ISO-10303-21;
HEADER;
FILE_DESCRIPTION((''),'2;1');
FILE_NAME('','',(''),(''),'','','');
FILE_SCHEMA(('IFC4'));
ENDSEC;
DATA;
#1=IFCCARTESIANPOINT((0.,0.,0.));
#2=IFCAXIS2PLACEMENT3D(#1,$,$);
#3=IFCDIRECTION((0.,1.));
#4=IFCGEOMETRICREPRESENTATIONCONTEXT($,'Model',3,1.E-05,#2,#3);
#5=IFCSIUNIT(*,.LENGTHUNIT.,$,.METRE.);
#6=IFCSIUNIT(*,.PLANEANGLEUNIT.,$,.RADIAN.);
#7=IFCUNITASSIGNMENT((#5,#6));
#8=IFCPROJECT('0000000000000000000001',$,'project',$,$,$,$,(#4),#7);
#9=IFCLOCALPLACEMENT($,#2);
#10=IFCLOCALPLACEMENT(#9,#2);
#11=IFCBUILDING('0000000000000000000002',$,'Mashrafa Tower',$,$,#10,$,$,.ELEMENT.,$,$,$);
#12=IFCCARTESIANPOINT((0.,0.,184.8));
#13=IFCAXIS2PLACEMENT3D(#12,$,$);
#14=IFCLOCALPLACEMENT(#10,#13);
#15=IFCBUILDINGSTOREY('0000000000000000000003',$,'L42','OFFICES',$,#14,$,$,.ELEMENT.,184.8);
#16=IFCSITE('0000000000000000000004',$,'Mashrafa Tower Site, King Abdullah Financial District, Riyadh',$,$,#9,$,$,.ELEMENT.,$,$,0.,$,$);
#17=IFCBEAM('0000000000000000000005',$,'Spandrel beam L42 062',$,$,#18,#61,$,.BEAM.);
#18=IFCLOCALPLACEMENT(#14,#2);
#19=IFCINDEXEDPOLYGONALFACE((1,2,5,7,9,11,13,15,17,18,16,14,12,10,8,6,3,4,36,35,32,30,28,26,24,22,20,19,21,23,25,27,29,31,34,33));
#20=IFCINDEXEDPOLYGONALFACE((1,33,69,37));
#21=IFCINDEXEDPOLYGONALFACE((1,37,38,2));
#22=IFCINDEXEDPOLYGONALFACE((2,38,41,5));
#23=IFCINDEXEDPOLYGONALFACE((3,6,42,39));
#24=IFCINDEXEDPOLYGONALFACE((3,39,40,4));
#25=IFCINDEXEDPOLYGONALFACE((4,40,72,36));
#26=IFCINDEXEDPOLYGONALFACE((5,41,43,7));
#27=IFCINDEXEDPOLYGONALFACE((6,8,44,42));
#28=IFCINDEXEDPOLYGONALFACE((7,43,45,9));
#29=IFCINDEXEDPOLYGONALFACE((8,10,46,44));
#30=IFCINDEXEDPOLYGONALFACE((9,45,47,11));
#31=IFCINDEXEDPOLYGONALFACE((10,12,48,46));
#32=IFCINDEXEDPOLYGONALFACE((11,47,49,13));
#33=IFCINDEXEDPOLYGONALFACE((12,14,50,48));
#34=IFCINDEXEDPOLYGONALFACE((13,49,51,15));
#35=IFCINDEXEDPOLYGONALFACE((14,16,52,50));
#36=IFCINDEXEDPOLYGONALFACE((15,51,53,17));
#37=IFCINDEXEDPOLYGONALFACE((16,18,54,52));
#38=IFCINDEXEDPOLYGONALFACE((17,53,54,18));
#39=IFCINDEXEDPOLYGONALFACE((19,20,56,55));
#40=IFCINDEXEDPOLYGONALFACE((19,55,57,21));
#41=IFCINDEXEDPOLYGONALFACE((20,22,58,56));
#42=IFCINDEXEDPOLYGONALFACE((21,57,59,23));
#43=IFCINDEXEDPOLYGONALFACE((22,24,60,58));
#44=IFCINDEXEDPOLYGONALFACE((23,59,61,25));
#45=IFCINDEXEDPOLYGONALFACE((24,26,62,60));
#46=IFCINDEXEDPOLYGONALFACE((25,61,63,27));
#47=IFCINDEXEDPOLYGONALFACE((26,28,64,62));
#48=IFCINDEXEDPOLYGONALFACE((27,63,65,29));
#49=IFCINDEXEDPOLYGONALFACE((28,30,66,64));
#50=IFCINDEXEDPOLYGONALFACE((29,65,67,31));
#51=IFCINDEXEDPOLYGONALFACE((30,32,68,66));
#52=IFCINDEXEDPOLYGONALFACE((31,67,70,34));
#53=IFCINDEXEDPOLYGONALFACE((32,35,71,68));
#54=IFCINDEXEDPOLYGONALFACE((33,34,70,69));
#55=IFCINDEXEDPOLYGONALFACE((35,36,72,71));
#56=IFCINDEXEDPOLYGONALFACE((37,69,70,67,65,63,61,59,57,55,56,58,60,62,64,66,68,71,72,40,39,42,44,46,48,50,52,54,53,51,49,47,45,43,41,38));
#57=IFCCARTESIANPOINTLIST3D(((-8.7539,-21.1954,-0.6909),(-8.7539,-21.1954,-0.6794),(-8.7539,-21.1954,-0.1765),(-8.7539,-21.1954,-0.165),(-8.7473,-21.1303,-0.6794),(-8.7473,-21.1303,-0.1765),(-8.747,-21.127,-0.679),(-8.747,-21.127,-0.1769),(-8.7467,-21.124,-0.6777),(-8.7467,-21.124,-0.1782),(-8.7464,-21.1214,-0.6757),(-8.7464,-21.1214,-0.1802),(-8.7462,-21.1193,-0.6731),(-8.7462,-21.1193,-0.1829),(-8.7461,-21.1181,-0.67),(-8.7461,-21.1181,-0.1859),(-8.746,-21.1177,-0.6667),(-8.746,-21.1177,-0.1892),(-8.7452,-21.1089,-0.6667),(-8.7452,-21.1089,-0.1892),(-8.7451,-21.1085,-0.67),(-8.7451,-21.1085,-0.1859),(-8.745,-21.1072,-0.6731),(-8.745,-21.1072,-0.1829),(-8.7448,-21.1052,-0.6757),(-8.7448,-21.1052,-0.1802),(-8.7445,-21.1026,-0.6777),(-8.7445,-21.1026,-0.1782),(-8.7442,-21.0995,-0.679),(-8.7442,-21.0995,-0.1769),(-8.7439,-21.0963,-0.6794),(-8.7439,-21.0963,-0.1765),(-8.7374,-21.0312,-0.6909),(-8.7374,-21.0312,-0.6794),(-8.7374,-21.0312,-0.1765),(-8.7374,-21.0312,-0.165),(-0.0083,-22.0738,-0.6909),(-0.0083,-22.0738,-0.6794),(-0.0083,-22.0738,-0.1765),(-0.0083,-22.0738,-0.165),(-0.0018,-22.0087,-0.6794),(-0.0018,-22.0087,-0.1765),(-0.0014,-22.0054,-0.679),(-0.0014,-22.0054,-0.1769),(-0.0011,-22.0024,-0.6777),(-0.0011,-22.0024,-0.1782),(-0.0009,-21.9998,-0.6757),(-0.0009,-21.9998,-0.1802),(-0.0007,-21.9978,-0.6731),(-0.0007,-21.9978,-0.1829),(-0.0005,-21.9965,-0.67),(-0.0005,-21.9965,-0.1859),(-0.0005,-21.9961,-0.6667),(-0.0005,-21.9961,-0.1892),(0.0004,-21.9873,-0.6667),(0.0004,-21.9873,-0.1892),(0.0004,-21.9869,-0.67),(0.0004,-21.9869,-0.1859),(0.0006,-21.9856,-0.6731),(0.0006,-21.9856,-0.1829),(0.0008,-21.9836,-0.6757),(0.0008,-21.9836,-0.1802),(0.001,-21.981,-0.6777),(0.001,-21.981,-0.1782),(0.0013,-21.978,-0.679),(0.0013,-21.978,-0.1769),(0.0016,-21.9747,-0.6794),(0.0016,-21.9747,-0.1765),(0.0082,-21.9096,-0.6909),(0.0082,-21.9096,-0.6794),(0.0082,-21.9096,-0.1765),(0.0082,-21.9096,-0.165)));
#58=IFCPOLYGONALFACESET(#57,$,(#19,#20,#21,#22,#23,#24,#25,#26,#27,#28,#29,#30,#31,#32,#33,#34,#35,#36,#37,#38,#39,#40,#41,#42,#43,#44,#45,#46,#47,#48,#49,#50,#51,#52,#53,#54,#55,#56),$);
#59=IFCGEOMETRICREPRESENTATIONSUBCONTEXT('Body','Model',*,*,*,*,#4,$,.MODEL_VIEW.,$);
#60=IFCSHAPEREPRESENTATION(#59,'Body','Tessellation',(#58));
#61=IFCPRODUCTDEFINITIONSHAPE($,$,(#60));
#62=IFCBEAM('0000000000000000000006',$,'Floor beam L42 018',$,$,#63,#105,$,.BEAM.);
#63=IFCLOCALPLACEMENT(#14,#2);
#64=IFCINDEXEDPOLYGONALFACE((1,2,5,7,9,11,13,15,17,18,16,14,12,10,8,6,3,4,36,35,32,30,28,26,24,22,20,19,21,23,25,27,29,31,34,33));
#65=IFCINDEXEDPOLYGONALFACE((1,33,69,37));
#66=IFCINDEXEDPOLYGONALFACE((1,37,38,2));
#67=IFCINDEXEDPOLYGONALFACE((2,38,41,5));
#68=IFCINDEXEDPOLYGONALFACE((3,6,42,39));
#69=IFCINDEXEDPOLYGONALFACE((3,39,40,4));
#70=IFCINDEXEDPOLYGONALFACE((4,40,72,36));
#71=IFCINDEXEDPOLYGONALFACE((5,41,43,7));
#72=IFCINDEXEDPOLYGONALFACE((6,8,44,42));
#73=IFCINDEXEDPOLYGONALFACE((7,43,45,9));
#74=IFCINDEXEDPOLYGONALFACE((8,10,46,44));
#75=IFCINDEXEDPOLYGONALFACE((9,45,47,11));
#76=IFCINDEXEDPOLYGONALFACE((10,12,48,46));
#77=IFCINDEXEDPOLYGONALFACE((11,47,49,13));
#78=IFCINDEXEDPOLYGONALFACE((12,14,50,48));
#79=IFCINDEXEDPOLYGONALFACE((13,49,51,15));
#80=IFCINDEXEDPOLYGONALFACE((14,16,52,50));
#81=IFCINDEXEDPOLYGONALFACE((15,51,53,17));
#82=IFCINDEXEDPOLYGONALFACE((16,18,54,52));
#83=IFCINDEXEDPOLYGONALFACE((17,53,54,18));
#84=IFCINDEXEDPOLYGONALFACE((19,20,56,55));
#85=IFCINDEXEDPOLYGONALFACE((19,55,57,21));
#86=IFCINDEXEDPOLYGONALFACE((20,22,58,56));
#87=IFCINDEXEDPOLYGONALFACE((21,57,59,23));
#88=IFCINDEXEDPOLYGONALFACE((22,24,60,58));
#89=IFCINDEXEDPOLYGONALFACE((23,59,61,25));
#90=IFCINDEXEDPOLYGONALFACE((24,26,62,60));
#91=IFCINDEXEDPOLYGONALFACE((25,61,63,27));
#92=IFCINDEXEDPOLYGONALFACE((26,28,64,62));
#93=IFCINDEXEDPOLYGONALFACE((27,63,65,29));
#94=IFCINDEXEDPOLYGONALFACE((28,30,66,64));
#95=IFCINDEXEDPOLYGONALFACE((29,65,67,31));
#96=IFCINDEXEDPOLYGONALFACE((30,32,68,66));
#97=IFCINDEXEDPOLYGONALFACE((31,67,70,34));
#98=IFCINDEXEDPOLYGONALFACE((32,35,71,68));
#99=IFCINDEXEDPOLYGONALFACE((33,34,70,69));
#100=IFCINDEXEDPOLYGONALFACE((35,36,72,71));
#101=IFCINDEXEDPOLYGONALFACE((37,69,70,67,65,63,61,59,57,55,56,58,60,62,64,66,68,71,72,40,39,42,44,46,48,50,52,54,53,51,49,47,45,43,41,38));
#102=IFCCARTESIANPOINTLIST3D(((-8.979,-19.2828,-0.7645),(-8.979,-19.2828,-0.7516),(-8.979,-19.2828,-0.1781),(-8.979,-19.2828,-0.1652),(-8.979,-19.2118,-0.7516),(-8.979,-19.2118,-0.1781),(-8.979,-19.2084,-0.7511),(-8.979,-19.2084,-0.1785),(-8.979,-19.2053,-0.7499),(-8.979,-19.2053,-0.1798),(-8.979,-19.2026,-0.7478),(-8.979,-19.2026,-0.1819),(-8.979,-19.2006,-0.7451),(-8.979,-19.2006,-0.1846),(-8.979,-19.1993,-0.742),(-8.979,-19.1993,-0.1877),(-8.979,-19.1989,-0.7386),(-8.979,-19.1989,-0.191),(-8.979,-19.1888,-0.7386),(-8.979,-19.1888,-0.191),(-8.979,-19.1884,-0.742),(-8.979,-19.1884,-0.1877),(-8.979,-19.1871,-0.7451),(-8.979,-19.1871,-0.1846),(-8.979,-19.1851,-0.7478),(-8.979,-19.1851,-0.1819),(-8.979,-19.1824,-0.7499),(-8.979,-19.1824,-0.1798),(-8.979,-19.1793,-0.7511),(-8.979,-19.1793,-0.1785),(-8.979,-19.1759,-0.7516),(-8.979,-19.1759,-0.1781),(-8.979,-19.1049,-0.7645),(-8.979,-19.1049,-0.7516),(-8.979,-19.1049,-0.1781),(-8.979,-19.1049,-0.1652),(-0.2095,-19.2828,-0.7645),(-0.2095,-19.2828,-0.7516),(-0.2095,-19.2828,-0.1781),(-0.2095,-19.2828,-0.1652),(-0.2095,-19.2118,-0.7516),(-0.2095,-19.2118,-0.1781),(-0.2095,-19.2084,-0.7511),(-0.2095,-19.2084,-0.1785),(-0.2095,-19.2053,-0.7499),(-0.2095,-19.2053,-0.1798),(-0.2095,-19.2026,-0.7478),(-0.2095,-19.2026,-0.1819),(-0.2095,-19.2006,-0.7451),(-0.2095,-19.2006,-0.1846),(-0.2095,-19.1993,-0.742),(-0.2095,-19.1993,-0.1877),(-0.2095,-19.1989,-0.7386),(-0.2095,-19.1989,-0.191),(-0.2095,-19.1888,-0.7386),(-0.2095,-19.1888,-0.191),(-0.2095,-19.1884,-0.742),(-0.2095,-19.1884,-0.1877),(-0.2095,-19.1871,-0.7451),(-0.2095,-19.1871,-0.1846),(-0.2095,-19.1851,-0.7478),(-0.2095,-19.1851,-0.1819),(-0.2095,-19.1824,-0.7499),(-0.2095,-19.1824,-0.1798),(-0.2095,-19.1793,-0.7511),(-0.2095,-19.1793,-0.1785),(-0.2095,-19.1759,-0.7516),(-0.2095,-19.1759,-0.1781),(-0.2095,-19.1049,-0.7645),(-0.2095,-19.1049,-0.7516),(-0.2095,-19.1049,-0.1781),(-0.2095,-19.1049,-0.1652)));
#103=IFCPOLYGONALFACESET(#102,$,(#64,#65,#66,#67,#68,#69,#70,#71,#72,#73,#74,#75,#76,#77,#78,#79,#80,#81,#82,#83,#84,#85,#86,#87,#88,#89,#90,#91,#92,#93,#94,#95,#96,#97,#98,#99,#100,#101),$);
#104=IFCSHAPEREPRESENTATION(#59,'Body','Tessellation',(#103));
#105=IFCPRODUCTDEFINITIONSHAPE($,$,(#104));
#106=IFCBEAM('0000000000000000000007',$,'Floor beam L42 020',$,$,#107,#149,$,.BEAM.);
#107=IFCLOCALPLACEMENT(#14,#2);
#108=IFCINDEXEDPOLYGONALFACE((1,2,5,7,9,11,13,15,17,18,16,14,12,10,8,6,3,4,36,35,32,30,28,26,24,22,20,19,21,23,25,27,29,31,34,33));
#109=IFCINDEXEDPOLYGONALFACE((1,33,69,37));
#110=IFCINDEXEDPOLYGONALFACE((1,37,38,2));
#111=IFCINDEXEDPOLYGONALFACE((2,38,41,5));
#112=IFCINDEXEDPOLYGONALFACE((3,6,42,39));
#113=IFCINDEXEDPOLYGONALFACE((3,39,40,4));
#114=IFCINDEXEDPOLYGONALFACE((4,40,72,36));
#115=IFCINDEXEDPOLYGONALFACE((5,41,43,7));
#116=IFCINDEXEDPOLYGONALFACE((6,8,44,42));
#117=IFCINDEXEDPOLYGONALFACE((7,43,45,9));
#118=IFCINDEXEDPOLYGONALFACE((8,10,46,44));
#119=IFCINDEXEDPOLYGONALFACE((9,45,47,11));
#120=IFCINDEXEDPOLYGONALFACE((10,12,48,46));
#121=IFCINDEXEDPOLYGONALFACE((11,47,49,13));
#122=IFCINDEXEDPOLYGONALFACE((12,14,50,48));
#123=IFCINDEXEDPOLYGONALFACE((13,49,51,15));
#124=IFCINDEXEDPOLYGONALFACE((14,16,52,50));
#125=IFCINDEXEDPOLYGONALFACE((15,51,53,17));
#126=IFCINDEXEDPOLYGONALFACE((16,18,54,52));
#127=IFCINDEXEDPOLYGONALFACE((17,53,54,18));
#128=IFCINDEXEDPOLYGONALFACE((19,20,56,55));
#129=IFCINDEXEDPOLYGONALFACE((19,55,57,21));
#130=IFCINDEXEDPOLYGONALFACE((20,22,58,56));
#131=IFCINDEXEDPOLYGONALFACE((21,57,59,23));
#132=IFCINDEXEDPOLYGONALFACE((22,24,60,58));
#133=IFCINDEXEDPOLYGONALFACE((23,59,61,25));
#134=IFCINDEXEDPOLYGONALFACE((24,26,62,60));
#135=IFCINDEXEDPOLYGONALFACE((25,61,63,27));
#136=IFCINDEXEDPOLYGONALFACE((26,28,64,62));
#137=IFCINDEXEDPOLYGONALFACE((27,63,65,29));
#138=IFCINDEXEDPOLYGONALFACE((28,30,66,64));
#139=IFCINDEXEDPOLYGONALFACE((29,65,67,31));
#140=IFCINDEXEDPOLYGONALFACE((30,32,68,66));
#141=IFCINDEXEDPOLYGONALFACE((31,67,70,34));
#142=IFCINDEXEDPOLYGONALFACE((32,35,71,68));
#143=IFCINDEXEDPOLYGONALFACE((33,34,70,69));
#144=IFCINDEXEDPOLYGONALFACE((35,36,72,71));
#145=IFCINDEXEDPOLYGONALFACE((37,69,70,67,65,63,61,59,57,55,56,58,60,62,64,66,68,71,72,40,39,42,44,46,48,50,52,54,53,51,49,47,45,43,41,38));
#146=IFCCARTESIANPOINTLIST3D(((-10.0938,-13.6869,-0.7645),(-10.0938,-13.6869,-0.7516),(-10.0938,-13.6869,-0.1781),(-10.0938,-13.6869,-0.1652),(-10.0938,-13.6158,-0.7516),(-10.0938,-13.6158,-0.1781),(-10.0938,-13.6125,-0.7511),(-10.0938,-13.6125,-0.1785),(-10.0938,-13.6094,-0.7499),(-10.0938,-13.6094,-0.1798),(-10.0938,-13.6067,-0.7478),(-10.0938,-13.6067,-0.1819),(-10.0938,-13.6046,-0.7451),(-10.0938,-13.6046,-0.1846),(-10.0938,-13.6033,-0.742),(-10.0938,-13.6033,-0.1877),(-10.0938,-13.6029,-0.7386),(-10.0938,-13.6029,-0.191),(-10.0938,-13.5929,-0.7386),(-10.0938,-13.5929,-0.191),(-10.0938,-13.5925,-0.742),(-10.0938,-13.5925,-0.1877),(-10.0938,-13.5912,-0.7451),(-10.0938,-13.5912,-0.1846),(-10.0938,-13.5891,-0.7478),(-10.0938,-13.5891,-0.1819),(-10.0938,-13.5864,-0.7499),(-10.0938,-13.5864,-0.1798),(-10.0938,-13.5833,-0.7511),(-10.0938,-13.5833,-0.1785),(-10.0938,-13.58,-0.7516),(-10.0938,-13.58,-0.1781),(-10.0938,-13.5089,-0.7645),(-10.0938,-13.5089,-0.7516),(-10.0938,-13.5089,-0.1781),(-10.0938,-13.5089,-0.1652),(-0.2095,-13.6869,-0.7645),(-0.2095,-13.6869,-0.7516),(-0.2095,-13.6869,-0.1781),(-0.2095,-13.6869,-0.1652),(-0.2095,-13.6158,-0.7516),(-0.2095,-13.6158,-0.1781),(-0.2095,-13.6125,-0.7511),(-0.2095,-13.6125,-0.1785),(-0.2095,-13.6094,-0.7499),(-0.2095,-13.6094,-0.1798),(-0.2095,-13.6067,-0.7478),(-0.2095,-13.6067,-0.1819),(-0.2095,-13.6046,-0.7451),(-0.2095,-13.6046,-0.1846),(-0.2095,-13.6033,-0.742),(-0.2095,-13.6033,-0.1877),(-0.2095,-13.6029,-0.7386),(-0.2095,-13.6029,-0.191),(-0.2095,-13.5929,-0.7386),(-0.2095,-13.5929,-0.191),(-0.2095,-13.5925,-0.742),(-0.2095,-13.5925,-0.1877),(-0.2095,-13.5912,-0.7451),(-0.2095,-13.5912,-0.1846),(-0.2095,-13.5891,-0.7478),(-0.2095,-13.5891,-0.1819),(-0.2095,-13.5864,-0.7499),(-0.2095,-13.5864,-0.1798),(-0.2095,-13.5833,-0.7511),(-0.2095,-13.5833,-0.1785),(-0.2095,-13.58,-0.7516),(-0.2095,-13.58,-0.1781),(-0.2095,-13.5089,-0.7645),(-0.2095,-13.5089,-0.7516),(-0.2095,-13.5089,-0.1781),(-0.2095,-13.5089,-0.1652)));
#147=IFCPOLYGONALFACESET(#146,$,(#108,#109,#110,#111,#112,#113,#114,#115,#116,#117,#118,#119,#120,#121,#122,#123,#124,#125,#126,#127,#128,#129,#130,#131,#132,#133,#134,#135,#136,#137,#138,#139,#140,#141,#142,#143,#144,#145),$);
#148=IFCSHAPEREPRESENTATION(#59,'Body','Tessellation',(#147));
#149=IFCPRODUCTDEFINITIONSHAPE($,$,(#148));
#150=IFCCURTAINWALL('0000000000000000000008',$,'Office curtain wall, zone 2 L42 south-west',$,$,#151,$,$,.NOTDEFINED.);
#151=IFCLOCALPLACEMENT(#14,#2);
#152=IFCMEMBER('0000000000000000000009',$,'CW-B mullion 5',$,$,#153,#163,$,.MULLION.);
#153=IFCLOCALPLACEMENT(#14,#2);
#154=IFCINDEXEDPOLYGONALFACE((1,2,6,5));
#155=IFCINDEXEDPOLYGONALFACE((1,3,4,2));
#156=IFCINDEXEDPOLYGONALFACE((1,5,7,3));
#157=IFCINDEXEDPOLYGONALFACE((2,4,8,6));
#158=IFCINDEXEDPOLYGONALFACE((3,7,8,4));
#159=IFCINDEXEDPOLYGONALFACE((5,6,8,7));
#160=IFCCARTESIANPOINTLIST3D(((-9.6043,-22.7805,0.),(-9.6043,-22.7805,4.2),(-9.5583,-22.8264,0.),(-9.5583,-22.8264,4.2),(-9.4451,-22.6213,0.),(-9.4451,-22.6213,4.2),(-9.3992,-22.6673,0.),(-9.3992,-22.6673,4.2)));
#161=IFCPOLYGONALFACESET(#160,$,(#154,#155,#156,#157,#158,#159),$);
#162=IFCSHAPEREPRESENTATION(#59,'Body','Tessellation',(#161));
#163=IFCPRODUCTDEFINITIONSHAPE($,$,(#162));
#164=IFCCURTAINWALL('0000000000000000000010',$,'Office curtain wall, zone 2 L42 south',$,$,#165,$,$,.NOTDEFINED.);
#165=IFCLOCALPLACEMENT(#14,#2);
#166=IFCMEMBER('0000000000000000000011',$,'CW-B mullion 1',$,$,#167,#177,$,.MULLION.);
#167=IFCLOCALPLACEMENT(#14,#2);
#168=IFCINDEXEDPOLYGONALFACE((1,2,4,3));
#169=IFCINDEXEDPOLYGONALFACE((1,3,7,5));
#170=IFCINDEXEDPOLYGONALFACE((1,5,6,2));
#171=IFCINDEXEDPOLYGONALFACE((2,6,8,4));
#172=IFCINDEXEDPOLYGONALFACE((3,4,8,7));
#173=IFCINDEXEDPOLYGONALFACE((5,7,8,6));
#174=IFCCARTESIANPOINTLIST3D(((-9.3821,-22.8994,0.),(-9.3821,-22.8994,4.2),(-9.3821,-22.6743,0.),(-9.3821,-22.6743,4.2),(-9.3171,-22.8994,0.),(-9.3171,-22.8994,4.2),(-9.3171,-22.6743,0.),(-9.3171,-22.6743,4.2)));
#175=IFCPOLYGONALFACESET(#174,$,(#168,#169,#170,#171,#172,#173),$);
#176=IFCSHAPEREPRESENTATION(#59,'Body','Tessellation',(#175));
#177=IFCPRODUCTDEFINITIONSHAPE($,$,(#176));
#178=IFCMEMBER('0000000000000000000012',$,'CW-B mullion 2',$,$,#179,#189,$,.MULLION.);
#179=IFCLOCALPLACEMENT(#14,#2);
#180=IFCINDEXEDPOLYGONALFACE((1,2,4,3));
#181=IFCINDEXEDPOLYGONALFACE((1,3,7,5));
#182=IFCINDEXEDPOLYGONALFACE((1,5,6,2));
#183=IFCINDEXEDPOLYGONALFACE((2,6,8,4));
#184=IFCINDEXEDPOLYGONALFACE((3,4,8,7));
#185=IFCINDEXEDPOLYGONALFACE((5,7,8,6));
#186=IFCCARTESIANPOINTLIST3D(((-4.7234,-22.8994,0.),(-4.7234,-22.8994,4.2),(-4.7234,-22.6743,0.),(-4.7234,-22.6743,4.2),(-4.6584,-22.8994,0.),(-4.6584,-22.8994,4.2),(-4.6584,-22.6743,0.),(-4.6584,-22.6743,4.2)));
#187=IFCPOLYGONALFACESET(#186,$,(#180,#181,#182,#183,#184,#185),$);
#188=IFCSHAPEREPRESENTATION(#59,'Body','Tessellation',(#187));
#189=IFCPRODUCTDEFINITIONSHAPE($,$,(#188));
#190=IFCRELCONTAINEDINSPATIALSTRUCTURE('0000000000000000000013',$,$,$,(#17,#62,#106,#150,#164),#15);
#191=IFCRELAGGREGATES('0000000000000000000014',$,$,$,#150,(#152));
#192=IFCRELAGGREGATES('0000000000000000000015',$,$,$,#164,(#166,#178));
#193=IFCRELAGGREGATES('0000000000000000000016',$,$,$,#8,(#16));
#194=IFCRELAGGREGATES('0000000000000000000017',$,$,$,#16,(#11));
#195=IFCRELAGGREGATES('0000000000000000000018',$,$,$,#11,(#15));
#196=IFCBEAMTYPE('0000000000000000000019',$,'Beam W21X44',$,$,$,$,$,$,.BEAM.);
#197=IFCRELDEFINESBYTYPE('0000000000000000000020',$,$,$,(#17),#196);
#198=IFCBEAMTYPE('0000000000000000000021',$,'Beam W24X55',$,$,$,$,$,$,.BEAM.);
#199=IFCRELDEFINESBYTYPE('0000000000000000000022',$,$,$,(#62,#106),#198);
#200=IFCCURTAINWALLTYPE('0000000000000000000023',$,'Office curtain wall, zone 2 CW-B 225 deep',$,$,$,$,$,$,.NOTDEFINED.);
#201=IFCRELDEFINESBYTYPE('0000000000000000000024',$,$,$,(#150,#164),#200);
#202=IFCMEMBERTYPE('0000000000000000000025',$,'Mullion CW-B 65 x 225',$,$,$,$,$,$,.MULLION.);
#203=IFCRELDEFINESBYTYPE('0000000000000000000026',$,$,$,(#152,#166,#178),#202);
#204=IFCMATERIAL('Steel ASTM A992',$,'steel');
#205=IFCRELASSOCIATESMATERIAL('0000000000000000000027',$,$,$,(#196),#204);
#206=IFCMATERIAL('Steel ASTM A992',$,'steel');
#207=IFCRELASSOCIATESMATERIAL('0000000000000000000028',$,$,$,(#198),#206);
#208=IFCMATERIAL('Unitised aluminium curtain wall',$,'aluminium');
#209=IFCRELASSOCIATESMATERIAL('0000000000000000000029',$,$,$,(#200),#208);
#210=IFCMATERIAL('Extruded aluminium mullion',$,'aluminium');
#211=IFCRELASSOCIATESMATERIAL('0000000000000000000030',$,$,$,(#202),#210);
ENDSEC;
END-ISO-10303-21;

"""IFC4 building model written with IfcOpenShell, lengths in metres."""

from ifc_helpers import new_model, si_unit, direction, frame, origin, origin_2d, place, context, subcontext, project, spatial, rectangle, i_section, extrude, source, transform, mapped, material, material_profile, profile_set, type_object, type_shapes, element, aggregate, save


model = new_model("IFC4")

# Units and contexts
model_context = context("Model", 3, precision=1e-05, world=origin(), true_north=direction((0.0, 1.0)))
body_context = subcontext(model_context, "Body", "Model", "MODEL_VIEW")
ifc_project = project(units=[si_unit("LENGTHUNIT", "METRE"), si_unit("PLANEANGLEUNIT", "RADIAN")], contexts=[model_context])

# Site, building, storey
site_placement = place(None, origin())
site = spatial("IfcSite", under=ifc_project, at=site_placement, Name="Mashrafa Tower Site, King Abdullah Financial District, Riyadh", CompositionType="ELEMENT", RefElevation=0.0)
building_placement = place(site_placement, origin())
building = spatial("IfcBuilding", under=site, at=building_placement, Name="Mashrafa Tower", CompositionType="ELEMENT")
storey_placement = place(building_placement, frame((0.0, 0.0, 184.8)))
storey = spatial("IfcBuildingStorey", under=building, at=storey_placement, Name="L42", Description="OFFICES", CompositionType="ELEMENT", Elevation=184.8)

# Beams
ifc_material_1 = material(Name="Steel ASTM A992", Category="steel")
ifc_material_profile_1 = material_profile(ifc_material_1, i_section(OverallWidth=0.165, OverallDepth=0.5259, WebThickness=0.0088, FlangeThickness=0.0115, FilletRadius=0.0127, at=origin_2d()), Name="W21X44")
ifc_profile_set_1 = profile_set([ifc_material_profile_1], Name="Steel ASTM A992")
beam_type_1 = type_object("IfcBeamType", Name="Beam W21X44", PredefinedType="BEAM", material=ifc_profile_set_1)
beam_1_placement = place(storey_placement, frame((-8.7456, -21.1133, -0.428), z_axis=(0.994994, -0.099938, 0.0), x_axis=(0.099938, 0.994994, 0.0)))
element("IfcBeam", 1, at=beam_1_placement, inside=storey, type_object=beam_type_1, Name="Spandrel beam L42 062", PredefinedType="BEAM", context=body_context, shape_type="SweptSolid", body=[
    extrude(i_section(OverallWidth=0.165, OverallDepth=0.5259, WebThickness=0.0088, FlangeThickness=0.0115, FilletRadius=0.0127, at=origin_2d()), origin(), (0.0, 0.0, 1.0), 8.7896),
])
ifc_material_2 = material(Name="Steel ASTM A992", Category="steel")
ifc_material_profile_2 = material_profile(ifc_material_2, i_section(OverallWidth=0.178, OverallDepth=0.5994, WebThickness=0.01, FlangeThickness=0.0129, FilletRadius=0.0129, at=origin_2d()), Name="W24X55")
ifc_profile_set_2 = profile_set([ifc_material_profile_2], Name="Steel ASTM A992")
beam_type_2 = type_object("IfcBeamType", Name="Beam W24X55", PredefinedType="BEAM", material=ifc_profile_set_2)
beam_2_placement = place(storey_placement, frame((-0.2095, -19.1938, -0.4648), z_axis=(-1.0, 0.0, 0.0), x_axis=(0.0, -1.0, 0.0)))
element("IfcBeam", 2, at=beam_2_placement, inside=storey, type_object=beam_type_2, Name="Floor beam L42 018", PredefinedType="BEAM", context=body_context, shape_type="SweptSolid", body=[
    extrude(i_section(OverallWidth=0.178, OverallDepth=0.5994, WebThickness=0.01, FlangeThickness=0.0129, FilletRadius=0.0129, at=origin_2d()), origin(), (0.0, 0.0, 1.0), 8.7695),
])
beam_3_placement = place(storey_placement, frame((-0.2095, -13.5979, -0.4648), z_axis=(-1.0, 0.0, 0.0), x_axis=(0.0, -1.0, 0.0)))
element("IfcBeam", 3, at=beam_3_placement, inside=storey, type_object=beam_type_2, Name="Floor beam L42 020", PredefinedType="BEAM", context=body_context, shape_type="SweptSolid", body=[
    extrude(i_section(OverallWidth=0.178, OverallDepth=0.5994, WebThickness=0.01, FlangeThickness=0.0129, FilletRadius=0.0129, at=origin_2d()), origin(), (0.0, 0.0, 1.0), 9.8843),
])

# Curtain wall, member
ifc_material_3 = material(Name="Unitised aluminium curtain wall", Category="aluminium")
curtain_wall_type = type_object("IfcCurtainWallType", Name="Office curtain wall, zone 2 CW-B 225 deep", PredefinedType="NOTDEFINED", material=ifc_material_3)
curtain_wall_1_placement = place(storey_placement, origin())
curtain_wall_1 = element("IfcCurtainWall", 4, at=curtain_wall_1_placement, inside=storey, type_object=curtain_wall_type, Name="Office curtain wall, zone 2 L42 south-west", PredefinedType="NOTDEFINED")
ifc_material_4 = material(Name="Extruded aluminium mullion", Category="aluminium")
ifc_material_profile_3 = material_profile(ifc_material_4, rectangle(XDim=0.2251, YDim=0.0649, at=origin_2d()), Name="Mullion 65x225")
ifc_profile_set_3 = profile_set([ifc_material_profile_3], Name="Extruded aluminium mullion")
member_type_1 = type_object("IfcMemberType", Name="Mullion CW-B 65 x 225", PredefinedType="MULLION", material=ifc_profile_set_3)
shared_shape_1 = source(origin(), body_context, "Body", "SweptSolid", [
    extrude(rectangle(XDim=0.2251, YDim=0.0649, at=origin_2d()), origin(), (0.0, 0.0, 1.0), 4.2),
])
type_shapes(member_type_1, [shared_shape_1])
member_1_placement = place(storey_placement, frame((-9.5017, -22.7239, 0.0), z_axis=(0.0, 0.0, 1.0), x_axis=(0.707107, 0.707107, 0.0)))
member_1 = element("IfcMember", 5, at=member_1_placement, type_object=member_type_1, Name="CW-B mullion 5", PredefinedType="MULLION", context=body_context, shape_type="MappedRepresentation", body=[
    mapped(shared_shape_1, transform((0.0, 0.0, 0.0))),
])
aggregate(curtain_wall_1, [member_1])

# Curtain wall, members
curtain_wall_2_placement = place(storey_placement, origin())
curtain_wall_2 = element("IfcCurtainWall", 6, at=curtain_wall_2_placement, inside=storey, type_object=curtain_wall_type, Name="Office curtain wall, zone 2 L42 south", PredefinedType="NOTDEFINED")
member_2_placement = place(storey_placement, frame((-9.3496, -22.7869, 0.0), z_axis=(0.0, 0.0, 1.0), x_axis=(0.0, 1.0, 0.0)))
member_2 = element("IfcMember", 7, at=member_2_placement, type_object=member_type_1, Name="CW-B mullion 1", PredefinedType="MULLION", context=body_context, shape_type="MappedRepresentation", body=[
    mapped(shared_shape_1, transform((0.0, 0.0, 0.0))),
])
member_3_placement = place(storey_placement, frame((-4.6909, -22.7869, 0.0), z_axis=(0.0, 0.0, 1.0), x_axis=(0.0, 1.0, 0.0)))
member_3 = element("IfcMember", 8, at=member_3_placement, type_object=member_type_1, Name="CW-B mullion 2", PredefinedType="MULLION", context=body_context, shape_type="MappedRepresentation", body=[
    mapped(shared_shape_1, transform((0.0, 0.0, 0.0))),
])
aggregate(curtain_wall_2, [member_2, member_3])

save(model, "model.ifc")
